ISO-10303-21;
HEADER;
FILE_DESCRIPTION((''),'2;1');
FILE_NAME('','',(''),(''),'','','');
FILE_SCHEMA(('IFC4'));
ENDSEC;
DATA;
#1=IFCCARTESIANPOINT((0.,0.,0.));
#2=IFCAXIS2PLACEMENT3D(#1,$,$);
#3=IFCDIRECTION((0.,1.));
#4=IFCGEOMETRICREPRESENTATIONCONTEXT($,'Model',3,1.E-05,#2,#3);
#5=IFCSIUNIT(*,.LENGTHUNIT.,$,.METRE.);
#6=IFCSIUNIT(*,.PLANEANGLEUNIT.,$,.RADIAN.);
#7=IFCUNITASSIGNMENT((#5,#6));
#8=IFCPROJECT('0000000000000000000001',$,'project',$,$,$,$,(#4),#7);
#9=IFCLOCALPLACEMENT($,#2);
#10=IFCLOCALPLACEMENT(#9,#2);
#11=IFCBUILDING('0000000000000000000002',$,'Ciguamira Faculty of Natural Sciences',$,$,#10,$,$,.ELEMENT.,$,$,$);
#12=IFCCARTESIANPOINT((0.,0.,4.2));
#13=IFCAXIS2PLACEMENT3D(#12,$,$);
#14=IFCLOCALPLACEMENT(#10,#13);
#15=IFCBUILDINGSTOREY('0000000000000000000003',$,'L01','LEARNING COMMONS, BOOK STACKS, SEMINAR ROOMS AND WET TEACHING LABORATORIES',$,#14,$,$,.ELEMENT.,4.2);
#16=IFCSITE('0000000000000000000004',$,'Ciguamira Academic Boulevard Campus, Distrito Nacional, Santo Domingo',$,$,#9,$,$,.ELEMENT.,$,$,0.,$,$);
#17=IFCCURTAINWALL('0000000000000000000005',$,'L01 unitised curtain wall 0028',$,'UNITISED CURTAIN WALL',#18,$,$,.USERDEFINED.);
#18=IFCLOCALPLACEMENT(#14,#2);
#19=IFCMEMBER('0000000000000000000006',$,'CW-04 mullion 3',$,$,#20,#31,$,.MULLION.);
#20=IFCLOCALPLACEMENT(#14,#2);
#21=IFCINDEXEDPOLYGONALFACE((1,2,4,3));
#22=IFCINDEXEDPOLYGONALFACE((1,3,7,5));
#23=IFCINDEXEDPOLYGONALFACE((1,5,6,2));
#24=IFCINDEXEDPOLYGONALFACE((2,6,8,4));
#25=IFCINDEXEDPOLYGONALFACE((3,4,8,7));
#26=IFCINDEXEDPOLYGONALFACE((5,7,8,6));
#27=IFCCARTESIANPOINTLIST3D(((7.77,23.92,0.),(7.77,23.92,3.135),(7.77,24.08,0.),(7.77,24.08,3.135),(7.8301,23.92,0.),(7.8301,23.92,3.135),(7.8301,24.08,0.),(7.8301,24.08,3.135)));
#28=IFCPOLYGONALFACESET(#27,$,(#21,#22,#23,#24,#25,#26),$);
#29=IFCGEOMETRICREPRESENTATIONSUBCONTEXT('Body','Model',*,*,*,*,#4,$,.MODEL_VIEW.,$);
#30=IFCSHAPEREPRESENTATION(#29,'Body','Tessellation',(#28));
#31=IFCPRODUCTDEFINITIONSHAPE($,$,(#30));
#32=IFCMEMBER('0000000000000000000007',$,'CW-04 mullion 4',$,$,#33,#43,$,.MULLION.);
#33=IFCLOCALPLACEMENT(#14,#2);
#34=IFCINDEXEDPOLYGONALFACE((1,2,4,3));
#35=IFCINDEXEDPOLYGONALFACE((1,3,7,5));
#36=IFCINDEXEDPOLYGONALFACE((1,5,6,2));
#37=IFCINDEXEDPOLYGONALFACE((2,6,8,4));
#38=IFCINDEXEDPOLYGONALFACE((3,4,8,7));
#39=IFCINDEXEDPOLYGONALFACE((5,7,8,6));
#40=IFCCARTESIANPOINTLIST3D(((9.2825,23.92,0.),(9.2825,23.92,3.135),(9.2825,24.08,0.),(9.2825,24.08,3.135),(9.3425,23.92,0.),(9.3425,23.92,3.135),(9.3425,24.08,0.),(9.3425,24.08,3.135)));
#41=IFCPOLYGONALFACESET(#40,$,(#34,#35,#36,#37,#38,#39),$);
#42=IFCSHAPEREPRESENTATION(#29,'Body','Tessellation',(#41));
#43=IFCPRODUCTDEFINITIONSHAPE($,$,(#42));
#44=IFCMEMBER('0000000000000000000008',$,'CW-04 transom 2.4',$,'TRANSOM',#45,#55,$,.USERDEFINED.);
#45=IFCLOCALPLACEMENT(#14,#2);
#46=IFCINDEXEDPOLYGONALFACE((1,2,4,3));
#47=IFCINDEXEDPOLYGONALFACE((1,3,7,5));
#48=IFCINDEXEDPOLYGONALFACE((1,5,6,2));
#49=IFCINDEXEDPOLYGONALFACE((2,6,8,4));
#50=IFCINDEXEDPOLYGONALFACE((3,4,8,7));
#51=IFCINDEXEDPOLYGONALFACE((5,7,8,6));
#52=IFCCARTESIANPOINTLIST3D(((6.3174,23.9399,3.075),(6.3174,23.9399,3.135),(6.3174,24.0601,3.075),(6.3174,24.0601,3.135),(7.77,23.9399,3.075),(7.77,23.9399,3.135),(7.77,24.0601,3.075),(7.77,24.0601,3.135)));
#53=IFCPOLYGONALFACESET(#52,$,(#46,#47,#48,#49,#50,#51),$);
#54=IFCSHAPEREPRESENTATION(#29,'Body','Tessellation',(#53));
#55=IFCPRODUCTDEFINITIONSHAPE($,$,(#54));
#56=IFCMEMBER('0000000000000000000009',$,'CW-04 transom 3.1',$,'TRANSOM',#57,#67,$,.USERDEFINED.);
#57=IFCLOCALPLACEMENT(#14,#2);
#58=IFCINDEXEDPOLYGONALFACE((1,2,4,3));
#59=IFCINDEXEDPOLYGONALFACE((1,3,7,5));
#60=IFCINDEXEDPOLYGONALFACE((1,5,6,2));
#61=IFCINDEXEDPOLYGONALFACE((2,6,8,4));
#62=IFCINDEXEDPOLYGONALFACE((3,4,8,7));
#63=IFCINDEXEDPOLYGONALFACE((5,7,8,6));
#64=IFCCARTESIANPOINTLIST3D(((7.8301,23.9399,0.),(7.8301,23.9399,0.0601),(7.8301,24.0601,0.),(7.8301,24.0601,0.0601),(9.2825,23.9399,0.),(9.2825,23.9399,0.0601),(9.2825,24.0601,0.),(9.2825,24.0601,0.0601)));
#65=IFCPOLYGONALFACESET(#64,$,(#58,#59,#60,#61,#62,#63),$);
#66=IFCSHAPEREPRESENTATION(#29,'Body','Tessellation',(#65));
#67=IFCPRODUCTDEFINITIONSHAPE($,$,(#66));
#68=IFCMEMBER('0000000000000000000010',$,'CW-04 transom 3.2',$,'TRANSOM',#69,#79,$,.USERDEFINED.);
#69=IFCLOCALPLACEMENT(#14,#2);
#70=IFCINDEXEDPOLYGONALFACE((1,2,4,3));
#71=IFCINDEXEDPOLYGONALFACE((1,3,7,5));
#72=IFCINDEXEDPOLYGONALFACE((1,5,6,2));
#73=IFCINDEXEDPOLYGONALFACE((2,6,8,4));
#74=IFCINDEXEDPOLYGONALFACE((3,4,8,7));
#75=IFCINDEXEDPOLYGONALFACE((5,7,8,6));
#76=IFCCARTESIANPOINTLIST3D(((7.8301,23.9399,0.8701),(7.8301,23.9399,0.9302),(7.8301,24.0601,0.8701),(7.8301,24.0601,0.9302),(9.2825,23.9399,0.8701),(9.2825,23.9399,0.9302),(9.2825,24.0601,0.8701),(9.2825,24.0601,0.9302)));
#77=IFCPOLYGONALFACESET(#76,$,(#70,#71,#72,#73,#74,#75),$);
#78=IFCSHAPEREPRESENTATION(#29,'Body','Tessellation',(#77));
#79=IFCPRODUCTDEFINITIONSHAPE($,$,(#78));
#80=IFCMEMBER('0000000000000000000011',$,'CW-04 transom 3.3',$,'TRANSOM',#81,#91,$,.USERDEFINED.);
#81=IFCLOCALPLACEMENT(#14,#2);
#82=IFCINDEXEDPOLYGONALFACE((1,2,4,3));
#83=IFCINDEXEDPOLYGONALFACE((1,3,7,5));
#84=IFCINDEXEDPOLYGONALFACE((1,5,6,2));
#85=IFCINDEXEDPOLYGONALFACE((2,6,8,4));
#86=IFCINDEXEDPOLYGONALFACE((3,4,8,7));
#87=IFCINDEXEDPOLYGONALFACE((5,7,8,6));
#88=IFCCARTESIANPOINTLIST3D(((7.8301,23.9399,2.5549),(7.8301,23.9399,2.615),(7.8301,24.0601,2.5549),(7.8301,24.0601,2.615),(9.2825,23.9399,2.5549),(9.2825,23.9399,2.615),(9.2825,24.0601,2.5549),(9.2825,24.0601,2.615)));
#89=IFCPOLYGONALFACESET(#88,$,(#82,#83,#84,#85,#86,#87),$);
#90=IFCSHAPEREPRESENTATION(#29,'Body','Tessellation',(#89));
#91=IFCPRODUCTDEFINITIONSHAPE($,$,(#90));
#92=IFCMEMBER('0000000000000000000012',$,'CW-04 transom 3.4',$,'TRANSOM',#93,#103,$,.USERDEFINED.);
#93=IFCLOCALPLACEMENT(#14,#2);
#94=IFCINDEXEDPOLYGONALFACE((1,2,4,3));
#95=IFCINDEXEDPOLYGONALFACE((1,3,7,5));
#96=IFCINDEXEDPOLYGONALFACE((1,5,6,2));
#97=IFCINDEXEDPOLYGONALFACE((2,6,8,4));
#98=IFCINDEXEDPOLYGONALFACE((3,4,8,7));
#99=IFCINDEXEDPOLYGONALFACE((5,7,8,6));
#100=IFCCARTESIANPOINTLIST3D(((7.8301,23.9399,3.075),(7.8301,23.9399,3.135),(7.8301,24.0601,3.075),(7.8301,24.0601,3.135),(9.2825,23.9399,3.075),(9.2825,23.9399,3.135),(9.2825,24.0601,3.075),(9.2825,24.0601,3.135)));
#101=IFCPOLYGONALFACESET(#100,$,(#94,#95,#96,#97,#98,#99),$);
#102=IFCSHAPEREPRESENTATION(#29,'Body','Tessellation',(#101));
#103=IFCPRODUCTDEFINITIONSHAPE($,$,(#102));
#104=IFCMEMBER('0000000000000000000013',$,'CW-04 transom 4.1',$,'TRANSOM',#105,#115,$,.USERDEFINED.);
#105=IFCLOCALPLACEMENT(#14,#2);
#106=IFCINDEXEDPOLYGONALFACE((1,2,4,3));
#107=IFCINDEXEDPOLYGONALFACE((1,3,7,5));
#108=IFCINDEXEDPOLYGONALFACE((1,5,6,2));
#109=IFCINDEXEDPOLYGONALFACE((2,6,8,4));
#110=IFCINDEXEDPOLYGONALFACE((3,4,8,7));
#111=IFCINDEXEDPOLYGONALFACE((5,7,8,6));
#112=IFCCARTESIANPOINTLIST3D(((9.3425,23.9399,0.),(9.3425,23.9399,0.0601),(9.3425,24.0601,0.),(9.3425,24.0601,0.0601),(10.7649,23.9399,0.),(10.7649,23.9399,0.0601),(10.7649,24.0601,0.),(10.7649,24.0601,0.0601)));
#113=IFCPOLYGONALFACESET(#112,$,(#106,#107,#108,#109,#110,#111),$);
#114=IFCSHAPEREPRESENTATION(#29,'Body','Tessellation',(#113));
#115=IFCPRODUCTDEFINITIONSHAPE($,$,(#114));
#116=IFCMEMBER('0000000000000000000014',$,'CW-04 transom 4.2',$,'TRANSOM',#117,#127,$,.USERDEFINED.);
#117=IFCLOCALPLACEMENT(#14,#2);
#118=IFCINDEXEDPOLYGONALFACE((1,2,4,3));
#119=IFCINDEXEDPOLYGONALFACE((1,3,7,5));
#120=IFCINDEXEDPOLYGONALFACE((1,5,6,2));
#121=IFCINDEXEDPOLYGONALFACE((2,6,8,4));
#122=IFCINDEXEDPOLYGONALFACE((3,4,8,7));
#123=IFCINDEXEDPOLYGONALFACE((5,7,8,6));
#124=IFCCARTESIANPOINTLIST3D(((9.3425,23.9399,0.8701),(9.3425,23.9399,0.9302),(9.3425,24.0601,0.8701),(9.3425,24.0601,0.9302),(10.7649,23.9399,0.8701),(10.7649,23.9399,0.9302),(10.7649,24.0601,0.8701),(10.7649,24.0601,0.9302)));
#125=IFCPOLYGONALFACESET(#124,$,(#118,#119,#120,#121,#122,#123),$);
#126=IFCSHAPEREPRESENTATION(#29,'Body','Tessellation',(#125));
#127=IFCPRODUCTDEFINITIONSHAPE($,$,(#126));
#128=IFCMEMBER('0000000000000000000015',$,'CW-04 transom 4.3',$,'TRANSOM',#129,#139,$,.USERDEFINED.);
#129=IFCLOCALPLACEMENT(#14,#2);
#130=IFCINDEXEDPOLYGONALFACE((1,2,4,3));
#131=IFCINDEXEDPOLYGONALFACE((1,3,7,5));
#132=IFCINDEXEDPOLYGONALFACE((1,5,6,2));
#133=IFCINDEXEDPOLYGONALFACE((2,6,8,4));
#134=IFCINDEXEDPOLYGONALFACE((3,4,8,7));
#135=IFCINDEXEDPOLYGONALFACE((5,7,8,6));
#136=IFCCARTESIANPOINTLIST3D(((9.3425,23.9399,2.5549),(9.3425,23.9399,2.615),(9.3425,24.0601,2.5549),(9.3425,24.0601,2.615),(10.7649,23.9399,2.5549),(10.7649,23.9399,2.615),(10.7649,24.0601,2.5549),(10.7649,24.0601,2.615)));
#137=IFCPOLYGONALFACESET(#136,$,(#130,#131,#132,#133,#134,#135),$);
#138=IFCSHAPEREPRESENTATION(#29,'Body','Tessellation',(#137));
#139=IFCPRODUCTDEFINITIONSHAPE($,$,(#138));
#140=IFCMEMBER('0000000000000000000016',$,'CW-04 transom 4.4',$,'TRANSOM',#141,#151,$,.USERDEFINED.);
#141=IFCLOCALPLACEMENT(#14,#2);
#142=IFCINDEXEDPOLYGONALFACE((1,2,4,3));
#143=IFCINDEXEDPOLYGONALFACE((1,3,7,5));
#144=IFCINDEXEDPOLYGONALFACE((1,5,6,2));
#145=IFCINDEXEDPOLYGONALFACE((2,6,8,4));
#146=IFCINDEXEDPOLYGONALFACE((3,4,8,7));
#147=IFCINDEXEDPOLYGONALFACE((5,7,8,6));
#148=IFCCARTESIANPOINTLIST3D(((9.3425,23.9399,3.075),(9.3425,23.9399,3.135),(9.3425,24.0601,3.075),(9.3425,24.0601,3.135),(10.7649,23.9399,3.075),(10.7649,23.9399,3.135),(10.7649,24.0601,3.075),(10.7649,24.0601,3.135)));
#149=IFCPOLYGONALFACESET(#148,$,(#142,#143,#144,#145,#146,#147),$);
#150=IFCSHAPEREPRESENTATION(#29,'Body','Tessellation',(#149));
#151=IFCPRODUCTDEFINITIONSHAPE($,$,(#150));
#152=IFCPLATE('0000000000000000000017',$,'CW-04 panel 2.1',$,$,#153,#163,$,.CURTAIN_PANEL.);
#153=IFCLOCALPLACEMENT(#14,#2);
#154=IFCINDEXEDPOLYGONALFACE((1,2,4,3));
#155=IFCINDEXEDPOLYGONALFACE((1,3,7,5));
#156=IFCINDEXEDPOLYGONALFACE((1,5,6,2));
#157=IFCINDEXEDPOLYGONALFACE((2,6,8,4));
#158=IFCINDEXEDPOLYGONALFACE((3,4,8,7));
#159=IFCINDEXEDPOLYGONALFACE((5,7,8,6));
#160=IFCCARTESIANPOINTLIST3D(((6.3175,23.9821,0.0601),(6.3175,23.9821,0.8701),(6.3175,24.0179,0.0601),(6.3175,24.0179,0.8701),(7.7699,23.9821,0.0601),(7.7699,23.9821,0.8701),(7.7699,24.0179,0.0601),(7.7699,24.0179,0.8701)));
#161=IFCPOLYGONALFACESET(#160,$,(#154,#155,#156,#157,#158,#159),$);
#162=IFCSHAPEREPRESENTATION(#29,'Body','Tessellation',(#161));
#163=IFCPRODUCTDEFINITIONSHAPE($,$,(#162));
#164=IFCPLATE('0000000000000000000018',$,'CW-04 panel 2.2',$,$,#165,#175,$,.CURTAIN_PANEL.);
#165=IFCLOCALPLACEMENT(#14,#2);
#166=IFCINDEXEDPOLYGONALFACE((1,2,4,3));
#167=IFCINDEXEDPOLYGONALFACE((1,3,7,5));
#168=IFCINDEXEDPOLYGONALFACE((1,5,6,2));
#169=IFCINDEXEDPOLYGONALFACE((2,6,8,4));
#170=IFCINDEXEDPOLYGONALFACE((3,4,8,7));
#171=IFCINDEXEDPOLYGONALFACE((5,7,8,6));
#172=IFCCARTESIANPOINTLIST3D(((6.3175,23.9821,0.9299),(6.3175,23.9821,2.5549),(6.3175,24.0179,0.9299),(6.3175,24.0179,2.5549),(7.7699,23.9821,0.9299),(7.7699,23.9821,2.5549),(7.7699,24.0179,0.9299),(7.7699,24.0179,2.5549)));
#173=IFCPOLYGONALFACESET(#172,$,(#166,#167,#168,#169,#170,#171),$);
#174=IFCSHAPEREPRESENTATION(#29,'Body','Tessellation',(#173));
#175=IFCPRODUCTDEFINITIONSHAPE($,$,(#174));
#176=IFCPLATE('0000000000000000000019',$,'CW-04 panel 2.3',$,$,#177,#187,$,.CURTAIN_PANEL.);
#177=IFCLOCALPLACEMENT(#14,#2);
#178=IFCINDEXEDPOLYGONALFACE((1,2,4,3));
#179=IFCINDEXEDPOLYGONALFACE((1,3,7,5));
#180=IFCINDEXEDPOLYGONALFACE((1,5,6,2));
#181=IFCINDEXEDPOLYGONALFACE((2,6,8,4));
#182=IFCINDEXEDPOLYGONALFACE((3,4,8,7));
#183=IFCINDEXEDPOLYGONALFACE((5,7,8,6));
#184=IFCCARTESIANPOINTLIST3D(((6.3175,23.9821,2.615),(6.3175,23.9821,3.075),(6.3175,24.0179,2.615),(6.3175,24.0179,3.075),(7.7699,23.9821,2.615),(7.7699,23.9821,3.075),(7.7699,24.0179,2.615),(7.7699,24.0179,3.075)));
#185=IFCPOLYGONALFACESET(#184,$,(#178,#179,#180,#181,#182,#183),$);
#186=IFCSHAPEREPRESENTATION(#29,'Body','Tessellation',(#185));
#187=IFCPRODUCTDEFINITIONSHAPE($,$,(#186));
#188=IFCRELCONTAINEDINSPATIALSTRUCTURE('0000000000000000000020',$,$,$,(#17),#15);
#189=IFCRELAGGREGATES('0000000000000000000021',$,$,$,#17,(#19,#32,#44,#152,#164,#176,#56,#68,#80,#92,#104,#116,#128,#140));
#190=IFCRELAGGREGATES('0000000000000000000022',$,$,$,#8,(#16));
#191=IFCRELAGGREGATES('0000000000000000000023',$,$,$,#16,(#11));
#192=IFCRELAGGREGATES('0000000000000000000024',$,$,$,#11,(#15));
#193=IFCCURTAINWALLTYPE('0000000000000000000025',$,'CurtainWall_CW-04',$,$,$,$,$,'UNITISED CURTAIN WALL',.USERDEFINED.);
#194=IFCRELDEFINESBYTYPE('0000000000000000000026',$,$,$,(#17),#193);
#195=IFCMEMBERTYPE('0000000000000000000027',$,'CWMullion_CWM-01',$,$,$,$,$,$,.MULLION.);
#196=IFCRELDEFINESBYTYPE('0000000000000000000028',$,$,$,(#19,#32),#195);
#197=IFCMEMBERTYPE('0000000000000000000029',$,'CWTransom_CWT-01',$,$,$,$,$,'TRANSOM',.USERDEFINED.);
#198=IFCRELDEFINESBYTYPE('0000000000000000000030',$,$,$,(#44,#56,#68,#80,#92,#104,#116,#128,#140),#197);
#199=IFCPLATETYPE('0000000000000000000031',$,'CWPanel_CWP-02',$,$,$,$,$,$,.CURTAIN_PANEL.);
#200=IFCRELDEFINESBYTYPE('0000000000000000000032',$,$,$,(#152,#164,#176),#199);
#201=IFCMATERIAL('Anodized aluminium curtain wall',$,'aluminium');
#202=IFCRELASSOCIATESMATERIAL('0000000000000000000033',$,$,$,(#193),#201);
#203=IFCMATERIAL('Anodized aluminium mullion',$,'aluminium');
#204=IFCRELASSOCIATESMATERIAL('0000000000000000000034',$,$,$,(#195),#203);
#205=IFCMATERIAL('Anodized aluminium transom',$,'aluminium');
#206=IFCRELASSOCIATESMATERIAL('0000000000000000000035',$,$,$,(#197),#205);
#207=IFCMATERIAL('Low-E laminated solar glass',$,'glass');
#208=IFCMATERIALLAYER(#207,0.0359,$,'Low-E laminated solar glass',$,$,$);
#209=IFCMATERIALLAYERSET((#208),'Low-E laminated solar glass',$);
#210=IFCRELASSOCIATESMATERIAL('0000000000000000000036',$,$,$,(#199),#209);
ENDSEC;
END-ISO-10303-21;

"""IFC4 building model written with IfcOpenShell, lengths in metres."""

from ifc_helpers import new_model, si_unit, direction, frame, origin, origin_2d, place, context, subcontext, project, spatial, rectangle, extrude, material, layer, layer_set, material_profile, profile_set, type_object, element, aggregate, save


model = new_model("IFC4")

# Units and contexts
model_context = context("Model", 3, precision=1e-05, world=origin(), true_north=direction((0.0, 1.0)))
body_context = subcontext(model_context, "Body", "Model", "MODEL_VIEW")
ifc_project = project(units=[si_unit("LENGTHUNIT", "METRE"), si_unit("PLANEANGLEUNIT", "RADIAN")], contexts=[model_context])

# Site, building, storey
site_placement = place(None, origin())
site = spatial("IfcSite", under=ifc_project, at=site_placement, Name="Ciguamira Academic Boulevard Campus, Distrito Nacional, Santo Domingo", CompositionType="ELEMENT", RefElevation=0.0)
building_placement = place(site_placement, origin())
building = spatial("IfcBuilding", under=site, at=building_placement, Name="Ciguamira Faculty of Natural Sciences", CompositionType="ELEMENT")
storey_placement = place(building_placement, frame((0.0, 0.0, 4.2)))
storey = spatial("IfcBuildingStorey", under=building, at=storey_placement, Name="L01", Description="LEARNING COMMONS, BOOK STACKS, SEMINAR ROOMS AND WET TEACHING LABORATORIES", CompositionType="ELEMENT", Elevation=4.2)

# Curtain wall, members, plates
ifc_material_1 = material(Name="Anodized aluminium curtain wall", Category="aluminium")
curtain_wall_type = type_object("IfcCurtainWallType", Name="CurtainWall_CW-04", ElementType="UNITISED CURTAIN WALL", PredefinedType="USERDEFINED", material=ifc_material_1)
curtain_wall_placement = place(storey_placement, origin())
curtain_wall = element("IfcCurtainWall", 1, at=curtain_wall_placement, inside=storey, type_object=curtain_wall_type, Name="L01 unitised curtain wall 0028", ObjectType="UNITISED CURTAIN WALL", PredefinedType="USERDEFINED")
ifc_material_2 = material(Name="Anodized aluminium mullion", Category="aluminium")
ifc_material_profile_1 = material_profile(ifc_material_2, rectangle(XDim=0.0601, YDim=0.1599, at=origin_2d()), Name="ALU-MUL-60X160")
ifc_profile_set_1 = profile_set([ifc_material_profile_1], Name="Anodized aluminium mullion")
member_type_1 = type_object("IfcMemberType", Name="CWMullion_CWM-01", PredefinedType="MULLION", material=ifc_profile_set_1)
member_1_placement = place(storey_placement, frame((7.8, 24.0, 0.0), z_axis=(0.0, 0.0, 1.0), x_axis=(1.0, 0.0, 0.0)))
member_1 = element("IfcMember", 2, at=member_1_placement, type_object=member_type_1, Name="CW-04 mullion 3", PredefinedType="MULLION", context=body_context, shape_type="SweptSolid", body=[
    extrude(rectangle(XDim=0.0601, YDim=0.1599, at=origin_2d()), origin(), (0.0, 0.0, 1.0), 3.135),
])
member_2_placement = place(storey_placement, frame((9.3125, 24.0, 0.0), z_axis=(0.0, 0.0, 1.0), x_axis=(1.0, 0.0, 0.0)))
member_2 = element("IfcMember", 3, at=member_2_placement, type_object=member_type_1, Name="CW-04 mullion 4", PredefinedType="MULLION", context=body_context, shape_type="SweptSolid", body=[
    extrude(rectangle(XDim=0.0601, YDim=0.1599, at=origin_2d()), origin(), (0.0, 0.0, 1.0), 3.135),
])
ifc_material_3 = material(Name="Anodized aluminium transom", Category="aluminium")
ifc_material_profile_2 = material_profile(ifc_material_3, rectangle(XDim=0.0601, YDim=0.1201, at=origin_2d()), Name="ALU-TRN-60X120")
ifc_profile_set_2 = profile_set([ifc_material_profile_2], Name="Anodized aluminium transom")
member_type_2 = type_object("IfcMemberType", Name="CWTransom_CWT-01", ElementType="TRANSOM", PredefinedType="USERDEFINED", material=ifc_profile_set_2)
member_3_placement = place(storey_placement, frame((6.3174, 24.0, 3.105), z_axis=(1.0, 0.0, 0.0), x_axis=(0.0, 0.0, 1.0)))
member_3 = element("IfcMember", 4, at=member_3_placement, type_object=member_type_2, Name="CW-04 transom 2.4", ObjectType="TRANSOM", PredefinedType="USERDEFINED", context=body_context, shape_type="SweptSolid", body=[
    extrude(rectangle(XDim=0.0601, YDim=0.1201, at=origin_2d()), origin(), (0.0, 0.0, 1.0), 1.4526),
])
member_4_placement = place(storey_placement, frame((7.8301, 24.0, 0.03), z_axis=(1.0, 0.0, 0.0), x_axis=(0.0, 0.0, 1.0)))
member_4 = element("IfcMember", 5, at=member_4_placement, type_object=member_type_2, Name="CW-04 transom 3.1", ObjectType="TRANSOM", PredefinedType="USERDEFINED", context=body_context, shape_type="SweptSolid", body=[
    extrude(rectangle(XDim=0.0601, YDim=0.1201, at=origin_2d()), origin(), (0.0, 0.0, 1.0), 1.4524),
])
member_5_placement = place(storey_placement, frame((7.8301, 24.0, 0.9001), z_axis=(1.0, 0.0, 0.0), x_axis=(0.0, 0.0, 1.0)))
member_5 = element("IfcMember", 6, at=member_5_placement, type_object=member_type_2, Name="CW-04 transom 3.2", ObjectType="TRANSOM", PredefinedType="USERDEFINED", context=body_context, shape_type="SweptSolid", body=[
    extrude(rectangle(XDim=0.0601, YDim=0.1201, at=origin_2d()), origin(), (0.0, 0.0, 1.0), 1.4524),
])
member_6_placement = place(storey_placement, frame((7.8301, 24.0, 2.585), z_axis=(1.0, 0.0, 0.0), x_axis=(0.0, 0.0, 1.0)))
member_6 = element("IfcMember", 7, at=member_6_placement, type_object=member_type_2, Name="CW-04 transom 3.3", ObjectType="TRANSOM", PredefinedType="USERDEFINED", context=body_context, shape_type="SweptSolid", body=[
    extrude(rectangle(XDim=0.0601, YDim=0.1201, at=origin_2d()), origin(), (0.0, 0.0, 1.0), 1.4524),
])
member_7_placement = place(storey_placement, frame((7.8301, 24.0, 3.105), z_axis=(1.0, 0.0, 0.0), x_axis=(0.0, 0.0, 1.0)))
member_7 = element("IfcMember", 8, at=member_7_placement, type_object=member_type_2, Name="CW-04 transom 3.4", ObjectType="TRANSOM", PredefinedType="USERDEFINED", context=body_context, shape_type="SweptSolid", body=[
    extrude(rectangle(XDim=0.0601, YDim=0.1201, at=origin_2d()), origin(), (0.0, 0.0, 1.0), 1.4524),
])
member_8_placement = place(storey_placement, frame((9.3425, 24.0, 0.03), z_axis=(1.0, 0.0, 0.0), x_axis=(0.0, 0.0, 1.0)))
member_8 = element("IfcMember", 9, at=member_8_placement, type_object=member_type_2, Name="CW-04 transom 4.1", ObjectType="TRANSOM", PredefinedType="USERDEFINED", context=body_context, shape_type="SweptSolid", body=[
    extrude(rectangle(XDim=0.0601, YDim=0.1201, at=origin_2d()), origin(), (0.0, 0.0, 1.0), 1.4224),
])
member_9_placement = place(storey_placement, frame((9.3425, 24.0, 0.9001), z_axis=(1.0, 0.0, 0.0), x_axis=(0.0, 0.0, 1.0)))
member_9 = element("IfcMember", 10, at=member_9_placement, type_object=member_type_2, Name="CW-04 transom 4.2", ObjectType="TRANSOM", PredefinedType="USERDEFINED", context=body_context, shape_type="SweptSolid", body=[
    extrude(rectangle(XDim=0.0601, YDim=0.1201, at=origin_2d()), origin(), (0.0, 0.0, 1.0), 1.4224),
])
member_10_placement = place(storey_placement, frame((9.3425, 24.0, 2.585), z_axis=(1.0, 0.0, 0.0), x_axis=(0.0, 0.0, 1.0)))
member_10 = element("IfcMember", 11, at=member_10_placement, type_object=member_type_2, Name="CW-04 transom 4.3", ObjectType="TRANSOM", PredefinedType="USERDEFINED", context=body_context, shape_type="SweptSolid", body=[
    extrude(rectangle(XDim=0.0601, YDim=0.1201, at=origin_2d()), origin(), (0.0, 0.0, 1.0), 1.4224),
])
member_11_placement = place(storey_placement, frame((9.3425, 24.0, 3.105), z_axis=(1.0, 0.0, 0.0), x_axis=(0.0, 0.0, 1.0)))
member_11 = element("IfcMember", 12, at=member_11_placement, type_object=member_type_2, Name="CW-04 transom 4.4", ObjectType="TRANSOM", PredefinedType="USERDEFINED", context=body_context, shape_type="SweptSolid", body=[
    extrude(rectangle(XDim=0.0601, YDim=0.1201, at=origin_2d()), origin(), (0.0, 0.0, 1.0), 1.4224),
])
ifc_material_4 = material(Name="Low-E laminated solar glass", Category="glass")
ifc_layer = layer(ifc_material_4, 0.0359, Name="Low-E laminated solar glass")
ifc_layer_set = layer_set([ifc_layer], Name="Low-E laminated solar glass")
plate_type = type_object("IfcPlateType", Name="CWPanel_CWP-02", PredefinedType="CURTAIN_PANEL", material=ifc_layer_set)
plate_1_placement = place(storey_placement, frame((7.0437, 24.0, 0.0601), z_axis=(0.0, 0.0, 1.0), x_axis=(1.0, 0.0, 0.0)))
plate_1 = element("IfcPlate", 13, at=plate_1_placement, type_object=plate_type, Name="CW-04 panel 2.1", PredefinedType="CURTAIN_PANEL", context=body_context, shape_type="SweptSolid", body=[
    extrude(rectangle(XDim=1.4524, YDim=0.0359, at=origin_2d()), origin(), (0.0, 0.0, 1.0), 0.8101),
])
plate_2_placement = place(storey_placement, frame((7.0437, 24.0, 0.9299), z_axis=(0.0, 0.0, 1.0), x_axis=(1.0, 0.0, 0.0)))
plate_2 = element("IfcPlate", 14, at=plate_2_placement, type_object=plate_type, Name="CW-04 panel 2.2", PredefinedType="CURTAIN_PANEL", context=body_context, shape_type="SweptSolid", body=[
    extrude(rectangle(XDim=1.4524, YDim=0.0359, at=origin_2d()), origin(), (0.0, 0.0, 1.0), 1.625),
])
plate_3_placement = place(storey_placement, frame((7.0437, 24.0, 2.615), z_axis=(0.0, 0.0, 1.0), x_axis=(1.0, 0.0, 0.0)))
plate_3 = element("IfcPlate", 15, at=plate_3_placement, type_object=plate_type, Name="CW-04 panel 2.3", PredefinedType="CURTAIN_PANEL", context=body_context, shape_type="SweptSolid", body=[
    extrude(rectangle(XDim=1.4524, YDim=0.0359, at=origin_2d()), origin(), (0.0, 0.0, 1.0), 0.46),
])
aggregate(curtain_wall, [member_1, member_2, member_3, plate_1, plate_2, plate_3, member_4, member_5, member_6, member_7, member_8, member_9, member_10, member_11])

save(model, "model.ifc")
